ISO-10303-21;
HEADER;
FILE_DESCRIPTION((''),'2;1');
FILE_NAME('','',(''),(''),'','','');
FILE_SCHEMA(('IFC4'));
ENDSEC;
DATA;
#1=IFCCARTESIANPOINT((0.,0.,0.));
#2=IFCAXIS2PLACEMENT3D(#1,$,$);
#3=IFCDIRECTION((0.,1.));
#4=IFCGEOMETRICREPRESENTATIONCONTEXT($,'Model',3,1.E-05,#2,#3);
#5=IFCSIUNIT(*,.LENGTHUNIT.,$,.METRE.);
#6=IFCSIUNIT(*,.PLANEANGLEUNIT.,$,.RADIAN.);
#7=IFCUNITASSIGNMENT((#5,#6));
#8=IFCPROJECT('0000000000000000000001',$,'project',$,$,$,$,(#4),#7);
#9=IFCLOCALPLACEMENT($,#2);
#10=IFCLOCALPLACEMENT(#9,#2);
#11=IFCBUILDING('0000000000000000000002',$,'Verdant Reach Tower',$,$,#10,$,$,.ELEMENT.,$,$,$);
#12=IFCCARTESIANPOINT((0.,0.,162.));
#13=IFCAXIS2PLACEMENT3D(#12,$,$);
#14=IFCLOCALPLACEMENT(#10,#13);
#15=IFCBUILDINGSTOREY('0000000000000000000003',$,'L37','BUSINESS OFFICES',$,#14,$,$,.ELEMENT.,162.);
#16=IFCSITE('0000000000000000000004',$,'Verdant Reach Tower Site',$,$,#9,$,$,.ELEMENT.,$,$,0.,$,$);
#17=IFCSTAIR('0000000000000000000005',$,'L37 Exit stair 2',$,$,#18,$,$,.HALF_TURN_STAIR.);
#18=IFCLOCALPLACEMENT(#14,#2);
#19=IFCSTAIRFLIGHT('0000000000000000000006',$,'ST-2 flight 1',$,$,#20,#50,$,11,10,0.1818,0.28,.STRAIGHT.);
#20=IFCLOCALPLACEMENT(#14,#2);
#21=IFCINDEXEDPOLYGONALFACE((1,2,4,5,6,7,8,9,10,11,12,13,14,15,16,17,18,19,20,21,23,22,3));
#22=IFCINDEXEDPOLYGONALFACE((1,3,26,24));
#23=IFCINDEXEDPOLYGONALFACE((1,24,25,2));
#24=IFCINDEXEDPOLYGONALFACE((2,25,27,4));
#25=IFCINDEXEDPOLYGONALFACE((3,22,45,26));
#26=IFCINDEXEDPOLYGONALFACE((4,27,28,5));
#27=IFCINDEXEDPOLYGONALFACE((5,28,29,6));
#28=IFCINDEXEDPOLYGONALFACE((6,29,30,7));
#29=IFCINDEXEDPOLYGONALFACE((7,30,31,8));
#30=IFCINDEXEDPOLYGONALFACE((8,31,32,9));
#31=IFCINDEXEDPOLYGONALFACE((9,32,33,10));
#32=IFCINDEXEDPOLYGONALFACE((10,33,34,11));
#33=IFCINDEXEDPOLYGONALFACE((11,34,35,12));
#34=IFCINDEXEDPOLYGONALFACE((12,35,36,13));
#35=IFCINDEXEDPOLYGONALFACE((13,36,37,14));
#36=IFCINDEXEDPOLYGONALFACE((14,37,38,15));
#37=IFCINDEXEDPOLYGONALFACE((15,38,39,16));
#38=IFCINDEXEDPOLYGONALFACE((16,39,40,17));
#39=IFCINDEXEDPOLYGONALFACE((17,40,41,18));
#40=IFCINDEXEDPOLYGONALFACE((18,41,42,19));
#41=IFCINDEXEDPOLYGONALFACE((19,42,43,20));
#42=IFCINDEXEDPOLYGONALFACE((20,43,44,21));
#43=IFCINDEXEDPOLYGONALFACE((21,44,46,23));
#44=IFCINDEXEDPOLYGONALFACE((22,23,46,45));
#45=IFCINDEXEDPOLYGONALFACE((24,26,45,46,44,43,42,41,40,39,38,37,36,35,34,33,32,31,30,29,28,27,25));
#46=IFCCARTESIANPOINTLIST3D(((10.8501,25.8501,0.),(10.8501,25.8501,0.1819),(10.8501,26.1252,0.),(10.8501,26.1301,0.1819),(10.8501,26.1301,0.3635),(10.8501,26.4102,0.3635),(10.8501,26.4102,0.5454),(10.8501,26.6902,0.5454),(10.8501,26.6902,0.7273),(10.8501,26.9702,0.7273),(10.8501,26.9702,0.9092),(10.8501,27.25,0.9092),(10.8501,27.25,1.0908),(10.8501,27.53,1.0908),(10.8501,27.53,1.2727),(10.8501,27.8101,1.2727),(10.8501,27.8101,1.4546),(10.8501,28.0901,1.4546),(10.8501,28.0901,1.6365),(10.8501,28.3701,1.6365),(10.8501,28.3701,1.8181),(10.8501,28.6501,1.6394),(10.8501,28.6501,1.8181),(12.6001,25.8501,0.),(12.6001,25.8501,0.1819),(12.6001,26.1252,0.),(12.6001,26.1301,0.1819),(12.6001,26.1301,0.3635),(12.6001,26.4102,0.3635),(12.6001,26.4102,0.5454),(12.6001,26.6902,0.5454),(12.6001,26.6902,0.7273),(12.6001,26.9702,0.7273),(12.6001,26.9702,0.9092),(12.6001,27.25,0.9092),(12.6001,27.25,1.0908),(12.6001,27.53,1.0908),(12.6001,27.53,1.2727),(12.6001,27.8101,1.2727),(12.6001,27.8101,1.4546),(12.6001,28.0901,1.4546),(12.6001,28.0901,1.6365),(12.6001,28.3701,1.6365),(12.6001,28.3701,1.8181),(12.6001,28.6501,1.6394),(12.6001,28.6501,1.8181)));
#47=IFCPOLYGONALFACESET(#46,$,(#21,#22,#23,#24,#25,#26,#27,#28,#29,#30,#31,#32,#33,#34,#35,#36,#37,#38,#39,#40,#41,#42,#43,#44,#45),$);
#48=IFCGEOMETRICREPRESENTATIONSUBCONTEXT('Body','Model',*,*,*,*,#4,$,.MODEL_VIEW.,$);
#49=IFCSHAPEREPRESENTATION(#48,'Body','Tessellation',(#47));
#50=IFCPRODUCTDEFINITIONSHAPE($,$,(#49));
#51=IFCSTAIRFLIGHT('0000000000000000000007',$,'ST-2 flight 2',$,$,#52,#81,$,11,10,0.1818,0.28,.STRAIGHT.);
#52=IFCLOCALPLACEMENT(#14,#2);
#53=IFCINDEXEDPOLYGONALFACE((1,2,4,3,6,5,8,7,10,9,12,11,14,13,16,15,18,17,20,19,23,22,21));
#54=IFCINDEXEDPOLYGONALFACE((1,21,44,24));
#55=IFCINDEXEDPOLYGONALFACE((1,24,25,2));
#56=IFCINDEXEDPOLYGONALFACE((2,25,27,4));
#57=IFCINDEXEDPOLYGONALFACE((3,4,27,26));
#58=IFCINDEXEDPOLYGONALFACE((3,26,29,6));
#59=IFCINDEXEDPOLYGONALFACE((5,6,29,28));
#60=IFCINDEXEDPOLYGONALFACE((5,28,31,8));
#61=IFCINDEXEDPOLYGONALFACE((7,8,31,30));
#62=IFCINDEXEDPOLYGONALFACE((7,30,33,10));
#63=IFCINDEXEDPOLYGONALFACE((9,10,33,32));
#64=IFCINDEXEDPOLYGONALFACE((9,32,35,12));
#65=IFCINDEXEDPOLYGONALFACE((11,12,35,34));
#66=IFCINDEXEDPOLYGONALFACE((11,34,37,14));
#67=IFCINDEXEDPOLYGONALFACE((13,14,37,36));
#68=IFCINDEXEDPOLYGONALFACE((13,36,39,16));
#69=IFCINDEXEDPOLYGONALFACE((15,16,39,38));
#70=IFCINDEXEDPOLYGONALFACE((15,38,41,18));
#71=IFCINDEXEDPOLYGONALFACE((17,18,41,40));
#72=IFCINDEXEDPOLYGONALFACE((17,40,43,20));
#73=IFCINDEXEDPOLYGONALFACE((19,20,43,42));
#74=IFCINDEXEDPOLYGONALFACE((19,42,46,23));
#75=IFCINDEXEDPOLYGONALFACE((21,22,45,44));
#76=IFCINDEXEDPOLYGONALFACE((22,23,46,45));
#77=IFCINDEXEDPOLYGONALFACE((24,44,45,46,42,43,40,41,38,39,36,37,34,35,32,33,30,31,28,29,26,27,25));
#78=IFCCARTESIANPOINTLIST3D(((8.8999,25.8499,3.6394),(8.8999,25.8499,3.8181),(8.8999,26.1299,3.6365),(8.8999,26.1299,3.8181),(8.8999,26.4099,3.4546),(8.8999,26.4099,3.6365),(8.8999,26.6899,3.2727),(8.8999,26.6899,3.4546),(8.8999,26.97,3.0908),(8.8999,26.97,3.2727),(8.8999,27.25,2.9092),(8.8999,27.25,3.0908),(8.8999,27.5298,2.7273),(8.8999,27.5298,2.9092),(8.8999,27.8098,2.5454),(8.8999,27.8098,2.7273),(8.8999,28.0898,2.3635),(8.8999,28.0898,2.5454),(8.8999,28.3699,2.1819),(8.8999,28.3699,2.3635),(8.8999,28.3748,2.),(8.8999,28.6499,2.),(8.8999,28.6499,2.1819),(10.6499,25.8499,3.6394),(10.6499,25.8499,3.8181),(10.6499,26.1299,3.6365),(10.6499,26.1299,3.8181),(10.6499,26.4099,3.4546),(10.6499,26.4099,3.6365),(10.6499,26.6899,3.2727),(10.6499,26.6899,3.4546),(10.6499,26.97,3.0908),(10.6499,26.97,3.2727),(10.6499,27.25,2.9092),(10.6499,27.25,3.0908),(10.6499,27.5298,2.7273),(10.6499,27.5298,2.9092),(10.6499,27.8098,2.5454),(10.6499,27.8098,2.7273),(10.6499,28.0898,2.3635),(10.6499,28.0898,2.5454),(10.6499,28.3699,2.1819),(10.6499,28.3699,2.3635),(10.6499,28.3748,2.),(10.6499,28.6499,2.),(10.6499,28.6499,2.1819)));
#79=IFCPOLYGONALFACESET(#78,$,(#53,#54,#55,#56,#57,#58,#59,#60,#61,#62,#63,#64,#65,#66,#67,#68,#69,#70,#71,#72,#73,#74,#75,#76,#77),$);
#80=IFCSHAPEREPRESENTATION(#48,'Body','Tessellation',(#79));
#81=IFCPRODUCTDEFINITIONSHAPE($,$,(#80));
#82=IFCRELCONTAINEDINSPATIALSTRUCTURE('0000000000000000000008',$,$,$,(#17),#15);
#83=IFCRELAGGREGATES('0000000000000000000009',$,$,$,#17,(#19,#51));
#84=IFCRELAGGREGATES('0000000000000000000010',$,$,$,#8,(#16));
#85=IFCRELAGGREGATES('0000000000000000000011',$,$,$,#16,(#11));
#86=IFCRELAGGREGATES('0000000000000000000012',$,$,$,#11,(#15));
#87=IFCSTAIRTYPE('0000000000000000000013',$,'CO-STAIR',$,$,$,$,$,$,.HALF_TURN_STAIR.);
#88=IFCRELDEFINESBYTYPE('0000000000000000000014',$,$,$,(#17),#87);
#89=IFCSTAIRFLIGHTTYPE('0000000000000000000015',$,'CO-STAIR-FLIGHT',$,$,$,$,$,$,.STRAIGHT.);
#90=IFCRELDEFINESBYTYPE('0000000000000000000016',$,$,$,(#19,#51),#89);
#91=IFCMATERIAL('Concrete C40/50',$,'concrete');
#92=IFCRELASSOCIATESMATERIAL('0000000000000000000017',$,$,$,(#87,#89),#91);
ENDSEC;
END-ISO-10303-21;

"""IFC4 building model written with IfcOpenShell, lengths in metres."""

from ifc_helpers import new_model, si_unit, direction, frame, origin, place, context, subcontext, project, spatial, polyline, outline, extrude, material, type_object, element, aggregate, save


model = new_model("IFC4")

# Units and contexts
model_context = context("Model", 3, precision=1e-05, world=origin(), true_north=direction((0.0, 1.0)))
body_context = subcontext(model_context, "Body", "Model", "MODEL_VIEW")
ifc_project = project(units=[si_unit("LENGTHUNIT", "METRE"), si_unit("PLANEANGLEUNIT", "RADIAN")], contexts=[model_context])

# Site, building, storey
site_placement = place(None, origin())
site = spatial("IfcSite", under=ifc_project, at=site_placement, Name="Verdant Reach Tower Site", CompositionType="ELEMENT", RefElevation=0.0)
building_placement = place(site_placement, origin())
building = spatial("IfcBuilding", under=site, at=building_placement, Name="Verdant Reach Tower", CompositionType="ELEMENT")
storey_placement = place(building_placement, frame((0.0, 0.0, 162.0)))
storey = spatial("IfcBuildingStorey", under=building, at=storey_placement, Name="L37", Description="BUSINESS OFFICES", CompositionType="ELEMENT", Elevation=162.0)

# Shared definitions
ifc_material_1 = material(Name="Concrete C40/50", Category="concrete")

# Stair, stair flights
stair_type = type_object("IfcStairType", Name="CO-STAIR", PredefinedType="HALF_TURN_STAIR", material=ifc_material_1)
stair_placement = place(storey_placement, origin())
stair = element("IfcStair", 1, at=stair_placement, inside=storey, type_object=stair_type, Name="L37 Exit stair 2", PredefinedType="HALF_TURN_STAIR")
stair_flight_type = type_object("IfcStairFlightType", Name="CO-STAIR-FLIGHT", PredefinedType="STRAIGHT", material=ifc_material_1)
stair_flight_1_placement = place(storey_placement, frame((11.7251, 25.8501, 0.0), z_axis=(0.0, 0.0, 1.0), x_axis=(0.0, 1.0, 0.0)))
stair_flight_1 = element("IfcStairFlight", 2, at=stair_flight_1_placement, type_object=stair_flight_type, Name="ST-2 flight 1", NumberOfRisers=11, NumberOfTreads=10, PredefinedType="STRAIGHT", RiserHeight=0.1818, TreadLength=0.28, context=body_context, shape_type="SweptSolid", body=[
    extrude(outline(polyline([(0.0, 0.0), (0.0, 0.1819), (0.28, 0.1819), (0.28, 0.3635), (0.5601, 0.3635), (0.5601, 0.5454), (0.8401, 0.5454), (0.8401, 0.7273), (1.1201, 0.7273), (1.1201, 0.9092), (1.3999, 0.9092), (1.3999, 1.0908), (1.6799, 1.0908), (1.6799, 1.2727), (1.96, 1.2727), (1.96, 1.4546), (2.24, 1.4546), (2.24, 1.6365), (2.52, 1.6365), (2.52, 1.8181), (2.8, 1.8181), (2.8, 2.0), (2.8, 1.6394), (0.2751, 0.0), (0.0, 0.0)])), frame((0.0, 0.875, 0.0), z_axis=(0.0, -1.0, 0.0), x_axis=(1.0, 0.0, 0.0)), (0.0, 0.0, 1.0), 1.75),
])
stair_flight_2_placement = place(storey_placement, frame((9.7749, 28.6499, 2.0), z_axis=(0.0, 0.0, 1.0), x_axis=(0.0, -1.0, 0.0)))
stair_flight_2 = element("IfcStairFlight", 3, at=stair_flight_2_placement, type_object=stair_flight_type, Name="ST-2 flight 2", NumberOfRisers=11, NumberOfTreads=10, PredefinedType="STRAIGHT", RiserHeight=0.1818, TreadLength=0.28, context=body_context, shape_type="SweptSolid", body=[
    extrude(outline(polyline([(0.0, 0.0), (0.0, 0.1819), (0.28, 0.1819), (0.28, 0.3635), (0.5601, 0.3635), (0.5601, 0.5454), (0.8401, 0.5454), (0.8401, 0.7273), (1.1201, 0.7273), (1.1201, 0.9092), (1.3999, 0.9092), (1.3999, 1.0908), (1.6799, 1.0908), (1.6799, 1.2727), (1.96, 1.2727), (1.96, 1.4546), (2.24, 1.4546), (2.24, 1.6365), (2.52, 1.6365), (2.52, 1.8181), (2.8, 1.8181), (2.8, 2.0), (2.8, 1.6394), (0.2751, 0.0), (0.0, 0.0)])), frame((0.0, 0.875, 0.0), z_axis=(0.0, -1.0, 0.0), x_axis=(1.0, 0.0, 0.0)), (0.0, 0.0, 1.0), 1.75),
])
aggregate(stair, [stair_flight_1, stair_flight_2])

save(model, "model.ifc")
